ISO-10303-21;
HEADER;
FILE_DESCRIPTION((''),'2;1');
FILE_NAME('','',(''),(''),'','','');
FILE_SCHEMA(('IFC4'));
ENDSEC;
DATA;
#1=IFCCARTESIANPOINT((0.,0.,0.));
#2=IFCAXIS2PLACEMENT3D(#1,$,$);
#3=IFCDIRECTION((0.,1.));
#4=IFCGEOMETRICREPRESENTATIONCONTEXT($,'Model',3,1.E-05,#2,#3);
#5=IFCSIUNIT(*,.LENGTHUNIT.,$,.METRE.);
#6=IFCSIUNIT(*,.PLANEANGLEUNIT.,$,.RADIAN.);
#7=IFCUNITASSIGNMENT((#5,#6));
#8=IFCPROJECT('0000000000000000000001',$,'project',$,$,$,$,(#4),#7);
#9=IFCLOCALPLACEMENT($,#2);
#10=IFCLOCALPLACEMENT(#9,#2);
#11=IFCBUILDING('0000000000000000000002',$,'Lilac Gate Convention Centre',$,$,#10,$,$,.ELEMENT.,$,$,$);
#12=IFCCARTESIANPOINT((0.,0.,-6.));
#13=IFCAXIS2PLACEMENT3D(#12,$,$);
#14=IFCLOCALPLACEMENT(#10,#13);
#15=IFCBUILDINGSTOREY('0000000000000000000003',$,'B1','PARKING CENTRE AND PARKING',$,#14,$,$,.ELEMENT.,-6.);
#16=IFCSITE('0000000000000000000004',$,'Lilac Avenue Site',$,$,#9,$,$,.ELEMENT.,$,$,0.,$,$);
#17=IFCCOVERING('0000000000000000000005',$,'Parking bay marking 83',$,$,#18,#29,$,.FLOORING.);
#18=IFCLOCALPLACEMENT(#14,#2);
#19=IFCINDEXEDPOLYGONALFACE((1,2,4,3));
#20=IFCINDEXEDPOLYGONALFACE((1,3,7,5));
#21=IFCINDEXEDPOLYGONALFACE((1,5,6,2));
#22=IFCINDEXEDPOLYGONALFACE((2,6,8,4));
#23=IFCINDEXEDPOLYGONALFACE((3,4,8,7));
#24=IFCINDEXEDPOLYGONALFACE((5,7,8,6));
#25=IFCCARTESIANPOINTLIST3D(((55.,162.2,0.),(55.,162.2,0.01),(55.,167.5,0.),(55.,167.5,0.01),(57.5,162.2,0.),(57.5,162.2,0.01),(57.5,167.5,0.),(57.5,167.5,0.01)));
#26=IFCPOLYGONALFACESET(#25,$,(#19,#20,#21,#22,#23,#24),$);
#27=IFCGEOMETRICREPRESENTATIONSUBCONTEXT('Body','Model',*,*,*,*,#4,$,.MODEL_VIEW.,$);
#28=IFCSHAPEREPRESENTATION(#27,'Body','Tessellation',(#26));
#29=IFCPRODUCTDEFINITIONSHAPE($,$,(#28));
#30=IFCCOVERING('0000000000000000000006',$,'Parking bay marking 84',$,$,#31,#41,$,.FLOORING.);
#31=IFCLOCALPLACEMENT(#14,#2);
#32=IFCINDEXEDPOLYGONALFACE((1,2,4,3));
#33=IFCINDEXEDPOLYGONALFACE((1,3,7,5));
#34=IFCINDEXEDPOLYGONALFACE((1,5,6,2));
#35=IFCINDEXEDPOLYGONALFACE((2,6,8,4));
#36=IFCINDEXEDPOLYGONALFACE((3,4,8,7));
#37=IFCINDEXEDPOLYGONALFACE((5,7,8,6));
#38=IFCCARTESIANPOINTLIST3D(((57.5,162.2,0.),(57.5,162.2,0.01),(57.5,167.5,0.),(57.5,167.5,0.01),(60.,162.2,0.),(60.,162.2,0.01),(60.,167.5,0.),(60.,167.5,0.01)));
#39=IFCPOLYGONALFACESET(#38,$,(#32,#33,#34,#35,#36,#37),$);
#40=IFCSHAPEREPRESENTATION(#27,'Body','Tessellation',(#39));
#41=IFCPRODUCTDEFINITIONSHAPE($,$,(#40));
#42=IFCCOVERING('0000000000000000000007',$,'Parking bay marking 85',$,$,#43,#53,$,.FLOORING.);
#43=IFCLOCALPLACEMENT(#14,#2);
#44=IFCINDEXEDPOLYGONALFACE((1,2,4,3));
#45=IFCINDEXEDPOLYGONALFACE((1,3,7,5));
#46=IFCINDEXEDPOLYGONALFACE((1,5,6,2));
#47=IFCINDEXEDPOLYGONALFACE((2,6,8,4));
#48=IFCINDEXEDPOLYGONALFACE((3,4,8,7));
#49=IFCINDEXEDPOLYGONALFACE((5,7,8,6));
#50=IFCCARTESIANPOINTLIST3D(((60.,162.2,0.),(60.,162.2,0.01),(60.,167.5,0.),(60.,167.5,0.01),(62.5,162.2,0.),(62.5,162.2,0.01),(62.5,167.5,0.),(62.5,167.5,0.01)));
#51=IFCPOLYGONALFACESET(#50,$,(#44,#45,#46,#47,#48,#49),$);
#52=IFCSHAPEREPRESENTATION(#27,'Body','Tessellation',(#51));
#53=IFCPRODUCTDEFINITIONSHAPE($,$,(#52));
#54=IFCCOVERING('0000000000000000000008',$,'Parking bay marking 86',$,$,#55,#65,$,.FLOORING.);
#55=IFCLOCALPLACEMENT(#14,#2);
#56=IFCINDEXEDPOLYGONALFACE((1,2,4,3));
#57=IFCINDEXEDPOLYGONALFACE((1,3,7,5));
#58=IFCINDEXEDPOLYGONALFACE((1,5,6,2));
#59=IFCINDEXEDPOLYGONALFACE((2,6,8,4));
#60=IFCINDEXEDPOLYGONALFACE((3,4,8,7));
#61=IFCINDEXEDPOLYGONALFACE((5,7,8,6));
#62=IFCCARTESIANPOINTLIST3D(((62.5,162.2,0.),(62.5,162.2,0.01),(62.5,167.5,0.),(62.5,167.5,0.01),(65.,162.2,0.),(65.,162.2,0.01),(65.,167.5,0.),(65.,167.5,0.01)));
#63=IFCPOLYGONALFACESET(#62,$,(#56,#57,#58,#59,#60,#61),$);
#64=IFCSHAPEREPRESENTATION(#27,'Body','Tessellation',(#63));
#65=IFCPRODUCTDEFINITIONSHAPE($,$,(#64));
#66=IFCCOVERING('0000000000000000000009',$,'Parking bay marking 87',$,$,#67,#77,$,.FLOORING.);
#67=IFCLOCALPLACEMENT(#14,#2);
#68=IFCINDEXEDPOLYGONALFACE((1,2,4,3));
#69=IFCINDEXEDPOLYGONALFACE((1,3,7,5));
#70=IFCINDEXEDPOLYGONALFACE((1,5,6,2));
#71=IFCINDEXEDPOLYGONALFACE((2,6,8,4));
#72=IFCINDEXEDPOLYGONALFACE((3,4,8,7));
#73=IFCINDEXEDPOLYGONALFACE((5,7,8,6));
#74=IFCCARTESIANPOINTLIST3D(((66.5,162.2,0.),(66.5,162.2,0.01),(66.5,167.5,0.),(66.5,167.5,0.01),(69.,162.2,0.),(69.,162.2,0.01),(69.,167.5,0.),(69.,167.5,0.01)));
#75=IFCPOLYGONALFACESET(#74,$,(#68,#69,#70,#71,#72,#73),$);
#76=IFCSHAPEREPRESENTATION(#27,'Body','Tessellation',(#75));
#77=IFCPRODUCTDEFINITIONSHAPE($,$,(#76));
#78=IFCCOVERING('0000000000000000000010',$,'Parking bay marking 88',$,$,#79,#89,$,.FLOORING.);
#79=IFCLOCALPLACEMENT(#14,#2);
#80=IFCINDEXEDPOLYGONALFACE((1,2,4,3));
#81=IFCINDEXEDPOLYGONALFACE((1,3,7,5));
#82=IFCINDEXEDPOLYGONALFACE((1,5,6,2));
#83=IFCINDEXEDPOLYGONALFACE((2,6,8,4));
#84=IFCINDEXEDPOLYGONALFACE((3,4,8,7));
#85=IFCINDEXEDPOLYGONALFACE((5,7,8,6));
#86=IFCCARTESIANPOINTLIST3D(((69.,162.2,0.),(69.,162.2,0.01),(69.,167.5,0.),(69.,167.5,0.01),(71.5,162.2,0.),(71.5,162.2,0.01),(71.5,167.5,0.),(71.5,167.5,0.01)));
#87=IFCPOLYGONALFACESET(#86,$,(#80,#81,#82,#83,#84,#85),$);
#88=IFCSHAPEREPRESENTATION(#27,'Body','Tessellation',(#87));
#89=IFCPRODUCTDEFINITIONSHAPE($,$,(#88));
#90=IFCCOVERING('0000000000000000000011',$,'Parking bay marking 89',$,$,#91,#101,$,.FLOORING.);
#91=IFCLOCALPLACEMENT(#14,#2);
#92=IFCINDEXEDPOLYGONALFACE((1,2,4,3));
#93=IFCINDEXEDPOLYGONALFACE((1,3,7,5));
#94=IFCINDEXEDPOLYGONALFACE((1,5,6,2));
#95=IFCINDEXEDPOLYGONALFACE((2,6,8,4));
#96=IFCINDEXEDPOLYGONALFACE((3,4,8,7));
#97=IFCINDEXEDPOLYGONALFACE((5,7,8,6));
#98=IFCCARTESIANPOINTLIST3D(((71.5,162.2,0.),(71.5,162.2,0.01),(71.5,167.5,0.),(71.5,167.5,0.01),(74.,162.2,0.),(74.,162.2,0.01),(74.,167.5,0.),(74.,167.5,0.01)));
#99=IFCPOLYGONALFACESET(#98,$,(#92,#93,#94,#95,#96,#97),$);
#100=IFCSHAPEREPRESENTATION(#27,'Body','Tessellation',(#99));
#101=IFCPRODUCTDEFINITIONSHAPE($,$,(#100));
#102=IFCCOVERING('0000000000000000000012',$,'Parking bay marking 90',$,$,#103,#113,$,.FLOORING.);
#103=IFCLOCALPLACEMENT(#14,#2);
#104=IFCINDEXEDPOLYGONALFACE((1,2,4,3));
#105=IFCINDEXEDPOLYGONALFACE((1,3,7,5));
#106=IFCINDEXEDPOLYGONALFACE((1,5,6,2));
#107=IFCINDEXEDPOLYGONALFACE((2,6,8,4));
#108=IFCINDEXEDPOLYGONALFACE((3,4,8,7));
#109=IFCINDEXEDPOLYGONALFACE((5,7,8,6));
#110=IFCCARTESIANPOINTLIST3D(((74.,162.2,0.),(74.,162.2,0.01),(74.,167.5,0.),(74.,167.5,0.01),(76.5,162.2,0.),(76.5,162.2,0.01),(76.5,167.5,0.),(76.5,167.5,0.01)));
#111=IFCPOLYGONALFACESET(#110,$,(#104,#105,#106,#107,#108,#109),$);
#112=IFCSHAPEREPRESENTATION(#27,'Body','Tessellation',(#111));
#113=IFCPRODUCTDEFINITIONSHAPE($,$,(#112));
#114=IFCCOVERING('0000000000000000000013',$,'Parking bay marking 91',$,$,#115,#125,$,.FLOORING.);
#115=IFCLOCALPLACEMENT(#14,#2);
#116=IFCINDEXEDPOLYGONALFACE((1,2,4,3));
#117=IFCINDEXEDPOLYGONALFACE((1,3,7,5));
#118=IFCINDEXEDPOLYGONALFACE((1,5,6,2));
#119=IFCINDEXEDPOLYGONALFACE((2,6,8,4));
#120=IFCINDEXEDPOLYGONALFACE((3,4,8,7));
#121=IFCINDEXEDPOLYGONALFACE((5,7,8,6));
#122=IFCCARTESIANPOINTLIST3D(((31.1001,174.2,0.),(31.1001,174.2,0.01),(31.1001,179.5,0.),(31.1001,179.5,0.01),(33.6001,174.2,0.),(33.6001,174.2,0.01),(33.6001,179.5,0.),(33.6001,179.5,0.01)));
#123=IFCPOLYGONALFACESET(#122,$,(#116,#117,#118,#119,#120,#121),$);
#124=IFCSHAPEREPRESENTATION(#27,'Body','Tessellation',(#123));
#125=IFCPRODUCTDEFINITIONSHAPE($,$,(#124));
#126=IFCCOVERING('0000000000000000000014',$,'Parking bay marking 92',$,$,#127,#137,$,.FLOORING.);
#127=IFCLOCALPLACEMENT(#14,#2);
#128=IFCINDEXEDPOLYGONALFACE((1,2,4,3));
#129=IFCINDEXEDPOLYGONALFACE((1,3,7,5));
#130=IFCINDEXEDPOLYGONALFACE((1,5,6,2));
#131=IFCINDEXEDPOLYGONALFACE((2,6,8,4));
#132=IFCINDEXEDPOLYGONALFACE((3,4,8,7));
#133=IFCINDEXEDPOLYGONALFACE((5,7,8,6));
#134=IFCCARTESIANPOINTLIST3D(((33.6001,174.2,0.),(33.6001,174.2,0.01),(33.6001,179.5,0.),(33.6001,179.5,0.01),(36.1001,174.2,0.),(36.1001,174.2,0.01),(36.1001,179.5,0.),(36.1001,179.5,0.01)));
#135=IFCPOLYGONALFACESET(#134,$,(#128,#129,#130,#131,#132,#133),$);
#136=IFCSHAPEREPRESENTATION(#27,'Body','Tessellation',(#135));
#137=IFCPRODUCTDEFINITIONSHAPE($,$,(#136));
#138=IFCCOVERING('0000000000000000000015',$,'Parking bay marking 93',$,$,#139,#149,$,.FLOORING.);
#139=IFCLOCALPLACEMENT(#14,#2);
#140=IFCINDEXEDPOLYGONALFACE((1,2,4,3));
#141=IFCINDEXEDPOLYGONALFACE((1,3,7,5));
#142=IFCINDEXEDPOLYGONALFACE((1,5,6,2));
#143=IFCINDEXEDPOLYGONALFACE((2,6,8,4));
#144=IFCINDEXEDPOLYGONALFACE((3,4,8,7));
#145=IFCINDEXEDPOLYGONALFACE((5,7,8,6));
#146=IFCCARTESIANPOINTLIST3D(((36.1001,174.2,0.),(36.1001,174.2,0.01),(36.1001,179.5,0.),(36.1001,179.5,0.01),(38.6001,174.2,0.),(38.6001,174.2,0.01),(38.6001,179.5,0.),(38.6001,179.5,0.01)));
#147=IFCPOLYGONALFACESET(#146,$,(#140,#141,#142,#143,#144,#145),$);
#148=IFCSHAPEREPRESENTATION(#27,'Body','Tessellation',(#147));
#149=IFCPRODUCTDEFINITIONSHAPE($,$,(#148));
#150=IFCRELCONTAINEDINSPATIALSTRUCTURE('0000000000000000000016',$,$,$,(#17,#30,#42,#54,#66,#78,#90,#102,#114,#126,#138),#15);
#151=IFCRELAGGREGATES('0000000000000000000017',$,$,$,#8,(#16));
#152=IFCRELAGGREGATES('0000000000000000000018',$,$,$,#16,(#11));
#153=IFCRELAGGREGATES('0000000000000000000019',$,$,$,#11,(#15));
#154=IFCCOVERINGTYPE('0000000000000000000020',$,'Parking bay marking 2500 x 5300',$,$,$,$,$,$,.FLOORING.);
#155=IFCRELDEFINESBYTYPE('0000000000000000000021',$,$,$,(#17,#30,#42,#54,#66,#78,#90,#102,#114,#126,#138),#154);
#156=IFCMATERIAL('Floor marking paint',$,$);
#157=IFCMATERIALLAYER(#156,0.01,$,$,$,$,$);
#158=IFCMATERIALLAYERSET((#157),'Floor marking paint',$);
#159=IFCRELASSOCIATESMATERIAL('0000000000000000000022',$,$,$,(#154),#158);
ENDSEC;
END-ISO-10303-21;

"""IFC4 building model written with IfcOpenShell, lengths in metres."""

from ifc_helpers import new_model, si_unit, direction, frame, origin, place, context, subcontext, project, spatial, polyline, outline, extrude, material, layer, layer_set, type_object, element, save


model = new_model("IFC4")

# Units and contexts
model_context = context("Model", 3, precision=1e-05, world=origin(), true_north=direction((0.0, 1.0)))
body_context = subcontext(model_context, "Body", "Model", "MODEL_VIEW")
ifc_project = project(units=[si_unit("LENGTHUNIT", "METRE"), si_unit("PLANEANGLEUNIT", "RADIAN")], contexts=[model_context])

# Site, building, storey
site_placement = place(None, origin())
site = spatial("IfcSite", under=ifc_project, at=site_placement, Name="Lilac Avenue Site", CompositionType="ELEMENT", RefElevation=0.0)
building_placement = place(site_placement, origin())
building = spatial("IfcBuilding", under=site, at=building_placement, Name="Lilac Gate Convention Centre", CompositionType="ELEMENT")
storey_placement = place(building_placement, frame((0.0, 0.0, -6.0)))
storey = spatial("IfcBuildingStorey", under=building, at=storey_placement, Name="B1", Description="PARKING CENTRE AND PARKING", CompositionType="ELEMENT", Elevation=-6.0)

# Coverings
ifc_material_1 = material(Name="Floor marking paint")
ifc_layer_1 = layer(ifc_material_1, 0.01)
ifc_layer_set_1 = layer_set([ifc_layer_1], Name="Floor marking paint")
covering_type = type_object("IfcCoveringType", Name="Parking bay marking 2500 x 5300", PredefinedType="FLOORING", material=ifc_layer_set_1)
covering_1_placement = place(storey_placement, origin())
element("IfcCovering", 1, at=covering_1_placement, inside=storey, type_object=covering_type, Name="Parking bay marking 83", PredefinedType="FLOORING", context=body_context, shape_type="SweptSolid", body=[
    extrude(outline(polyline([(55.0, 162.2), (57.5, 162.2), (57.5, 167.5), (55.0, 167.5), (55.0, 162.2)])), origin(), (0.0, 0.0, 1.0), 0.01),
])
covering_2_placement = place(storey_placement, origin())
element("IfcCovering", 2, at=covering_2_placement, inside=storey, type_object=covering_type, Name="Parking bay marking 84", PredefinedType="FLOORING", context=body_context, shape_type="SweptSolid", body=[
    extrude(outline(polyline([(57.5, 162.2), (60.0, 162.2), (60.0, 167.5), (57.5, 167.5), (57.5, 162.2)])), origin(), (0.0, 0.0, 1.0), 0.01),
])
covering_3_placement = place(storey_placement, origin())
element("IfcCovering", 3, at=covering_3_placement, inside=storey, type_object=covering_type, Name="Parking bay marking 85", PredefinedType="FLOORING", context=body_context, shape_type="SweptSolid", body=[
    extrude(outline(polyline([(60.0, 162.2), (62.5, 162.2), (62.5, 167.5), (60.0, 167.5), (60.0, 162.2)])), origin(), (0.0, 0.0, 1.0), 0.01),
])
covering_4_placement = place(storey_placement, origin())
element("IfcCovering", 4, at=covering_4_placement, inside=storey, type_object=covering_type, Name="Parking bay marking 86", PredefinedType="FLOORING", context=body_context, shape_type="SweptSolid", body=[
    extrude(outline(polyline([(62.5, 162.2), (65.0, 162.2), (65.0, 167.5), (62.5, 167.5), (62.5, 162.2)])), origin(), (0.0, 0.0, 1.0), 0.01),
])
covering_5_placement = place(storey_placement, origin())
element("IfcCovering", 5, at=covering_5_placement, inside=storey, type_object=covering_type, Name="Parking bay marking 87", PredefinedType="FLOORING", context=body_context, shape_type="SweptSolid", body=[
    extrude(outline(polyline([(66.5, 162.2), (69.0, 162.2), (69.0, 167.5), (66.5, 167.5), (66.5, 162.2)])), origin(), (0.0, 0.0, 1.0), 0.01),
])
covering_6_placement = place(storey_placement, origin())
element("IfcCovering", 6, at=covering_6_placement, inside=storey, type_object=covering_type, Name="Parking bay marking 88", PredefinedType="FLOORING", context=body_context, shape_type="SweptSolid", body=[
    extrude(outline(polyline([(69.0, 162.2), (71.5, 162.2), (71.5, 167.5), (69.0, 167.5), (69.0, 162.2)])), origin(), (0.0, 0.0, 1.0), 0.01),
])
covering_7_placement = place(storey_placement, origin())
element("IfcCovering", 7, at=covering_7_placement, inside=storey, type_object=covering_type, Name="Parking bay marking 89", PredefinedType="FLOORING", context=body_context, shape_type="SweptSolid", body=[
    extrude(outline(polyline([(71.5, 162.2), (74.0, 162.2), (74.0, 167.5), (71.5, 167.5), (71.5, 162.2)])), origin(), (0.0, 0.0, 1.0), 0.01),
])
covering_8_placement = place(storey_placement, origin())
element("IfcCovering", 8, at=covering_8_placement, inside=storey, type_object=covering_type, Name="Parking bay marking 90", PredefinedType="FLOORING", context=body_context, shape_type="SweptSolid", body=[
    extrude(outline(polyline([(74.0, 162.2), (76.5, 162.2), (76.5, 167.5), (74.0, 167.5), (74.0, 162.2)])), origin(), (0.0, 0.0, 1.0), 0.01),
])
covering_9_placement = place(storey_placement, origin())
element("IfcCovering", 9, at=covering_9_placement, inside=storey, type_object=covering_type, Name="Parking bay marking 91", PredefinedType="FLOORING", context=body_context, shape_type="SweptSolid", body=[
    extrude(outline(polyline([(31.1001, 174.2), (33.6001, 174.2), (33.6001, 179.5), (31.1001, 179.5), (31.1001, 174.2)])), origin(), (0.0, 0.0, 1.0), 0.01),
])
covering_10_placement = place(storey_placement, origin())
element("IfcCovering", 10, at=covering_10_placement, inside=storey, type_object=covering_type, Name="Parking bay marking 92", PredefinedType="FLOORING", context=body_context, shape_type="SweptSolid", body=[
    extrude(outline(polyline([(33.6001, 174.2), (36.1001, 174.2), (36.1001, 179.5), (33.6001, 179.5), (33.6001, 174.2)])), origin(), (0.0, 0.0, 1.0), 0.01),
])
covering_11_placement = place(storey_placement, origin())
element("IfcCovering", 11, at=covering_11_placement, inside=storey, type_object=covering_type, Name="Parking bay marking 93", PredefinedType="FLOORING", context=body_context, shape_type="SweptSolid", body=[
    extrude(outline(polyline([(36.1001, 174.2), (38.6001, 174.2), (38.6001, 179.5), (36.1001, 179.5), (36.1001, 174.2)])), origin(), (0.0, 0.0, 1.0), 0.01),
])

save(model, "model.ifc")
